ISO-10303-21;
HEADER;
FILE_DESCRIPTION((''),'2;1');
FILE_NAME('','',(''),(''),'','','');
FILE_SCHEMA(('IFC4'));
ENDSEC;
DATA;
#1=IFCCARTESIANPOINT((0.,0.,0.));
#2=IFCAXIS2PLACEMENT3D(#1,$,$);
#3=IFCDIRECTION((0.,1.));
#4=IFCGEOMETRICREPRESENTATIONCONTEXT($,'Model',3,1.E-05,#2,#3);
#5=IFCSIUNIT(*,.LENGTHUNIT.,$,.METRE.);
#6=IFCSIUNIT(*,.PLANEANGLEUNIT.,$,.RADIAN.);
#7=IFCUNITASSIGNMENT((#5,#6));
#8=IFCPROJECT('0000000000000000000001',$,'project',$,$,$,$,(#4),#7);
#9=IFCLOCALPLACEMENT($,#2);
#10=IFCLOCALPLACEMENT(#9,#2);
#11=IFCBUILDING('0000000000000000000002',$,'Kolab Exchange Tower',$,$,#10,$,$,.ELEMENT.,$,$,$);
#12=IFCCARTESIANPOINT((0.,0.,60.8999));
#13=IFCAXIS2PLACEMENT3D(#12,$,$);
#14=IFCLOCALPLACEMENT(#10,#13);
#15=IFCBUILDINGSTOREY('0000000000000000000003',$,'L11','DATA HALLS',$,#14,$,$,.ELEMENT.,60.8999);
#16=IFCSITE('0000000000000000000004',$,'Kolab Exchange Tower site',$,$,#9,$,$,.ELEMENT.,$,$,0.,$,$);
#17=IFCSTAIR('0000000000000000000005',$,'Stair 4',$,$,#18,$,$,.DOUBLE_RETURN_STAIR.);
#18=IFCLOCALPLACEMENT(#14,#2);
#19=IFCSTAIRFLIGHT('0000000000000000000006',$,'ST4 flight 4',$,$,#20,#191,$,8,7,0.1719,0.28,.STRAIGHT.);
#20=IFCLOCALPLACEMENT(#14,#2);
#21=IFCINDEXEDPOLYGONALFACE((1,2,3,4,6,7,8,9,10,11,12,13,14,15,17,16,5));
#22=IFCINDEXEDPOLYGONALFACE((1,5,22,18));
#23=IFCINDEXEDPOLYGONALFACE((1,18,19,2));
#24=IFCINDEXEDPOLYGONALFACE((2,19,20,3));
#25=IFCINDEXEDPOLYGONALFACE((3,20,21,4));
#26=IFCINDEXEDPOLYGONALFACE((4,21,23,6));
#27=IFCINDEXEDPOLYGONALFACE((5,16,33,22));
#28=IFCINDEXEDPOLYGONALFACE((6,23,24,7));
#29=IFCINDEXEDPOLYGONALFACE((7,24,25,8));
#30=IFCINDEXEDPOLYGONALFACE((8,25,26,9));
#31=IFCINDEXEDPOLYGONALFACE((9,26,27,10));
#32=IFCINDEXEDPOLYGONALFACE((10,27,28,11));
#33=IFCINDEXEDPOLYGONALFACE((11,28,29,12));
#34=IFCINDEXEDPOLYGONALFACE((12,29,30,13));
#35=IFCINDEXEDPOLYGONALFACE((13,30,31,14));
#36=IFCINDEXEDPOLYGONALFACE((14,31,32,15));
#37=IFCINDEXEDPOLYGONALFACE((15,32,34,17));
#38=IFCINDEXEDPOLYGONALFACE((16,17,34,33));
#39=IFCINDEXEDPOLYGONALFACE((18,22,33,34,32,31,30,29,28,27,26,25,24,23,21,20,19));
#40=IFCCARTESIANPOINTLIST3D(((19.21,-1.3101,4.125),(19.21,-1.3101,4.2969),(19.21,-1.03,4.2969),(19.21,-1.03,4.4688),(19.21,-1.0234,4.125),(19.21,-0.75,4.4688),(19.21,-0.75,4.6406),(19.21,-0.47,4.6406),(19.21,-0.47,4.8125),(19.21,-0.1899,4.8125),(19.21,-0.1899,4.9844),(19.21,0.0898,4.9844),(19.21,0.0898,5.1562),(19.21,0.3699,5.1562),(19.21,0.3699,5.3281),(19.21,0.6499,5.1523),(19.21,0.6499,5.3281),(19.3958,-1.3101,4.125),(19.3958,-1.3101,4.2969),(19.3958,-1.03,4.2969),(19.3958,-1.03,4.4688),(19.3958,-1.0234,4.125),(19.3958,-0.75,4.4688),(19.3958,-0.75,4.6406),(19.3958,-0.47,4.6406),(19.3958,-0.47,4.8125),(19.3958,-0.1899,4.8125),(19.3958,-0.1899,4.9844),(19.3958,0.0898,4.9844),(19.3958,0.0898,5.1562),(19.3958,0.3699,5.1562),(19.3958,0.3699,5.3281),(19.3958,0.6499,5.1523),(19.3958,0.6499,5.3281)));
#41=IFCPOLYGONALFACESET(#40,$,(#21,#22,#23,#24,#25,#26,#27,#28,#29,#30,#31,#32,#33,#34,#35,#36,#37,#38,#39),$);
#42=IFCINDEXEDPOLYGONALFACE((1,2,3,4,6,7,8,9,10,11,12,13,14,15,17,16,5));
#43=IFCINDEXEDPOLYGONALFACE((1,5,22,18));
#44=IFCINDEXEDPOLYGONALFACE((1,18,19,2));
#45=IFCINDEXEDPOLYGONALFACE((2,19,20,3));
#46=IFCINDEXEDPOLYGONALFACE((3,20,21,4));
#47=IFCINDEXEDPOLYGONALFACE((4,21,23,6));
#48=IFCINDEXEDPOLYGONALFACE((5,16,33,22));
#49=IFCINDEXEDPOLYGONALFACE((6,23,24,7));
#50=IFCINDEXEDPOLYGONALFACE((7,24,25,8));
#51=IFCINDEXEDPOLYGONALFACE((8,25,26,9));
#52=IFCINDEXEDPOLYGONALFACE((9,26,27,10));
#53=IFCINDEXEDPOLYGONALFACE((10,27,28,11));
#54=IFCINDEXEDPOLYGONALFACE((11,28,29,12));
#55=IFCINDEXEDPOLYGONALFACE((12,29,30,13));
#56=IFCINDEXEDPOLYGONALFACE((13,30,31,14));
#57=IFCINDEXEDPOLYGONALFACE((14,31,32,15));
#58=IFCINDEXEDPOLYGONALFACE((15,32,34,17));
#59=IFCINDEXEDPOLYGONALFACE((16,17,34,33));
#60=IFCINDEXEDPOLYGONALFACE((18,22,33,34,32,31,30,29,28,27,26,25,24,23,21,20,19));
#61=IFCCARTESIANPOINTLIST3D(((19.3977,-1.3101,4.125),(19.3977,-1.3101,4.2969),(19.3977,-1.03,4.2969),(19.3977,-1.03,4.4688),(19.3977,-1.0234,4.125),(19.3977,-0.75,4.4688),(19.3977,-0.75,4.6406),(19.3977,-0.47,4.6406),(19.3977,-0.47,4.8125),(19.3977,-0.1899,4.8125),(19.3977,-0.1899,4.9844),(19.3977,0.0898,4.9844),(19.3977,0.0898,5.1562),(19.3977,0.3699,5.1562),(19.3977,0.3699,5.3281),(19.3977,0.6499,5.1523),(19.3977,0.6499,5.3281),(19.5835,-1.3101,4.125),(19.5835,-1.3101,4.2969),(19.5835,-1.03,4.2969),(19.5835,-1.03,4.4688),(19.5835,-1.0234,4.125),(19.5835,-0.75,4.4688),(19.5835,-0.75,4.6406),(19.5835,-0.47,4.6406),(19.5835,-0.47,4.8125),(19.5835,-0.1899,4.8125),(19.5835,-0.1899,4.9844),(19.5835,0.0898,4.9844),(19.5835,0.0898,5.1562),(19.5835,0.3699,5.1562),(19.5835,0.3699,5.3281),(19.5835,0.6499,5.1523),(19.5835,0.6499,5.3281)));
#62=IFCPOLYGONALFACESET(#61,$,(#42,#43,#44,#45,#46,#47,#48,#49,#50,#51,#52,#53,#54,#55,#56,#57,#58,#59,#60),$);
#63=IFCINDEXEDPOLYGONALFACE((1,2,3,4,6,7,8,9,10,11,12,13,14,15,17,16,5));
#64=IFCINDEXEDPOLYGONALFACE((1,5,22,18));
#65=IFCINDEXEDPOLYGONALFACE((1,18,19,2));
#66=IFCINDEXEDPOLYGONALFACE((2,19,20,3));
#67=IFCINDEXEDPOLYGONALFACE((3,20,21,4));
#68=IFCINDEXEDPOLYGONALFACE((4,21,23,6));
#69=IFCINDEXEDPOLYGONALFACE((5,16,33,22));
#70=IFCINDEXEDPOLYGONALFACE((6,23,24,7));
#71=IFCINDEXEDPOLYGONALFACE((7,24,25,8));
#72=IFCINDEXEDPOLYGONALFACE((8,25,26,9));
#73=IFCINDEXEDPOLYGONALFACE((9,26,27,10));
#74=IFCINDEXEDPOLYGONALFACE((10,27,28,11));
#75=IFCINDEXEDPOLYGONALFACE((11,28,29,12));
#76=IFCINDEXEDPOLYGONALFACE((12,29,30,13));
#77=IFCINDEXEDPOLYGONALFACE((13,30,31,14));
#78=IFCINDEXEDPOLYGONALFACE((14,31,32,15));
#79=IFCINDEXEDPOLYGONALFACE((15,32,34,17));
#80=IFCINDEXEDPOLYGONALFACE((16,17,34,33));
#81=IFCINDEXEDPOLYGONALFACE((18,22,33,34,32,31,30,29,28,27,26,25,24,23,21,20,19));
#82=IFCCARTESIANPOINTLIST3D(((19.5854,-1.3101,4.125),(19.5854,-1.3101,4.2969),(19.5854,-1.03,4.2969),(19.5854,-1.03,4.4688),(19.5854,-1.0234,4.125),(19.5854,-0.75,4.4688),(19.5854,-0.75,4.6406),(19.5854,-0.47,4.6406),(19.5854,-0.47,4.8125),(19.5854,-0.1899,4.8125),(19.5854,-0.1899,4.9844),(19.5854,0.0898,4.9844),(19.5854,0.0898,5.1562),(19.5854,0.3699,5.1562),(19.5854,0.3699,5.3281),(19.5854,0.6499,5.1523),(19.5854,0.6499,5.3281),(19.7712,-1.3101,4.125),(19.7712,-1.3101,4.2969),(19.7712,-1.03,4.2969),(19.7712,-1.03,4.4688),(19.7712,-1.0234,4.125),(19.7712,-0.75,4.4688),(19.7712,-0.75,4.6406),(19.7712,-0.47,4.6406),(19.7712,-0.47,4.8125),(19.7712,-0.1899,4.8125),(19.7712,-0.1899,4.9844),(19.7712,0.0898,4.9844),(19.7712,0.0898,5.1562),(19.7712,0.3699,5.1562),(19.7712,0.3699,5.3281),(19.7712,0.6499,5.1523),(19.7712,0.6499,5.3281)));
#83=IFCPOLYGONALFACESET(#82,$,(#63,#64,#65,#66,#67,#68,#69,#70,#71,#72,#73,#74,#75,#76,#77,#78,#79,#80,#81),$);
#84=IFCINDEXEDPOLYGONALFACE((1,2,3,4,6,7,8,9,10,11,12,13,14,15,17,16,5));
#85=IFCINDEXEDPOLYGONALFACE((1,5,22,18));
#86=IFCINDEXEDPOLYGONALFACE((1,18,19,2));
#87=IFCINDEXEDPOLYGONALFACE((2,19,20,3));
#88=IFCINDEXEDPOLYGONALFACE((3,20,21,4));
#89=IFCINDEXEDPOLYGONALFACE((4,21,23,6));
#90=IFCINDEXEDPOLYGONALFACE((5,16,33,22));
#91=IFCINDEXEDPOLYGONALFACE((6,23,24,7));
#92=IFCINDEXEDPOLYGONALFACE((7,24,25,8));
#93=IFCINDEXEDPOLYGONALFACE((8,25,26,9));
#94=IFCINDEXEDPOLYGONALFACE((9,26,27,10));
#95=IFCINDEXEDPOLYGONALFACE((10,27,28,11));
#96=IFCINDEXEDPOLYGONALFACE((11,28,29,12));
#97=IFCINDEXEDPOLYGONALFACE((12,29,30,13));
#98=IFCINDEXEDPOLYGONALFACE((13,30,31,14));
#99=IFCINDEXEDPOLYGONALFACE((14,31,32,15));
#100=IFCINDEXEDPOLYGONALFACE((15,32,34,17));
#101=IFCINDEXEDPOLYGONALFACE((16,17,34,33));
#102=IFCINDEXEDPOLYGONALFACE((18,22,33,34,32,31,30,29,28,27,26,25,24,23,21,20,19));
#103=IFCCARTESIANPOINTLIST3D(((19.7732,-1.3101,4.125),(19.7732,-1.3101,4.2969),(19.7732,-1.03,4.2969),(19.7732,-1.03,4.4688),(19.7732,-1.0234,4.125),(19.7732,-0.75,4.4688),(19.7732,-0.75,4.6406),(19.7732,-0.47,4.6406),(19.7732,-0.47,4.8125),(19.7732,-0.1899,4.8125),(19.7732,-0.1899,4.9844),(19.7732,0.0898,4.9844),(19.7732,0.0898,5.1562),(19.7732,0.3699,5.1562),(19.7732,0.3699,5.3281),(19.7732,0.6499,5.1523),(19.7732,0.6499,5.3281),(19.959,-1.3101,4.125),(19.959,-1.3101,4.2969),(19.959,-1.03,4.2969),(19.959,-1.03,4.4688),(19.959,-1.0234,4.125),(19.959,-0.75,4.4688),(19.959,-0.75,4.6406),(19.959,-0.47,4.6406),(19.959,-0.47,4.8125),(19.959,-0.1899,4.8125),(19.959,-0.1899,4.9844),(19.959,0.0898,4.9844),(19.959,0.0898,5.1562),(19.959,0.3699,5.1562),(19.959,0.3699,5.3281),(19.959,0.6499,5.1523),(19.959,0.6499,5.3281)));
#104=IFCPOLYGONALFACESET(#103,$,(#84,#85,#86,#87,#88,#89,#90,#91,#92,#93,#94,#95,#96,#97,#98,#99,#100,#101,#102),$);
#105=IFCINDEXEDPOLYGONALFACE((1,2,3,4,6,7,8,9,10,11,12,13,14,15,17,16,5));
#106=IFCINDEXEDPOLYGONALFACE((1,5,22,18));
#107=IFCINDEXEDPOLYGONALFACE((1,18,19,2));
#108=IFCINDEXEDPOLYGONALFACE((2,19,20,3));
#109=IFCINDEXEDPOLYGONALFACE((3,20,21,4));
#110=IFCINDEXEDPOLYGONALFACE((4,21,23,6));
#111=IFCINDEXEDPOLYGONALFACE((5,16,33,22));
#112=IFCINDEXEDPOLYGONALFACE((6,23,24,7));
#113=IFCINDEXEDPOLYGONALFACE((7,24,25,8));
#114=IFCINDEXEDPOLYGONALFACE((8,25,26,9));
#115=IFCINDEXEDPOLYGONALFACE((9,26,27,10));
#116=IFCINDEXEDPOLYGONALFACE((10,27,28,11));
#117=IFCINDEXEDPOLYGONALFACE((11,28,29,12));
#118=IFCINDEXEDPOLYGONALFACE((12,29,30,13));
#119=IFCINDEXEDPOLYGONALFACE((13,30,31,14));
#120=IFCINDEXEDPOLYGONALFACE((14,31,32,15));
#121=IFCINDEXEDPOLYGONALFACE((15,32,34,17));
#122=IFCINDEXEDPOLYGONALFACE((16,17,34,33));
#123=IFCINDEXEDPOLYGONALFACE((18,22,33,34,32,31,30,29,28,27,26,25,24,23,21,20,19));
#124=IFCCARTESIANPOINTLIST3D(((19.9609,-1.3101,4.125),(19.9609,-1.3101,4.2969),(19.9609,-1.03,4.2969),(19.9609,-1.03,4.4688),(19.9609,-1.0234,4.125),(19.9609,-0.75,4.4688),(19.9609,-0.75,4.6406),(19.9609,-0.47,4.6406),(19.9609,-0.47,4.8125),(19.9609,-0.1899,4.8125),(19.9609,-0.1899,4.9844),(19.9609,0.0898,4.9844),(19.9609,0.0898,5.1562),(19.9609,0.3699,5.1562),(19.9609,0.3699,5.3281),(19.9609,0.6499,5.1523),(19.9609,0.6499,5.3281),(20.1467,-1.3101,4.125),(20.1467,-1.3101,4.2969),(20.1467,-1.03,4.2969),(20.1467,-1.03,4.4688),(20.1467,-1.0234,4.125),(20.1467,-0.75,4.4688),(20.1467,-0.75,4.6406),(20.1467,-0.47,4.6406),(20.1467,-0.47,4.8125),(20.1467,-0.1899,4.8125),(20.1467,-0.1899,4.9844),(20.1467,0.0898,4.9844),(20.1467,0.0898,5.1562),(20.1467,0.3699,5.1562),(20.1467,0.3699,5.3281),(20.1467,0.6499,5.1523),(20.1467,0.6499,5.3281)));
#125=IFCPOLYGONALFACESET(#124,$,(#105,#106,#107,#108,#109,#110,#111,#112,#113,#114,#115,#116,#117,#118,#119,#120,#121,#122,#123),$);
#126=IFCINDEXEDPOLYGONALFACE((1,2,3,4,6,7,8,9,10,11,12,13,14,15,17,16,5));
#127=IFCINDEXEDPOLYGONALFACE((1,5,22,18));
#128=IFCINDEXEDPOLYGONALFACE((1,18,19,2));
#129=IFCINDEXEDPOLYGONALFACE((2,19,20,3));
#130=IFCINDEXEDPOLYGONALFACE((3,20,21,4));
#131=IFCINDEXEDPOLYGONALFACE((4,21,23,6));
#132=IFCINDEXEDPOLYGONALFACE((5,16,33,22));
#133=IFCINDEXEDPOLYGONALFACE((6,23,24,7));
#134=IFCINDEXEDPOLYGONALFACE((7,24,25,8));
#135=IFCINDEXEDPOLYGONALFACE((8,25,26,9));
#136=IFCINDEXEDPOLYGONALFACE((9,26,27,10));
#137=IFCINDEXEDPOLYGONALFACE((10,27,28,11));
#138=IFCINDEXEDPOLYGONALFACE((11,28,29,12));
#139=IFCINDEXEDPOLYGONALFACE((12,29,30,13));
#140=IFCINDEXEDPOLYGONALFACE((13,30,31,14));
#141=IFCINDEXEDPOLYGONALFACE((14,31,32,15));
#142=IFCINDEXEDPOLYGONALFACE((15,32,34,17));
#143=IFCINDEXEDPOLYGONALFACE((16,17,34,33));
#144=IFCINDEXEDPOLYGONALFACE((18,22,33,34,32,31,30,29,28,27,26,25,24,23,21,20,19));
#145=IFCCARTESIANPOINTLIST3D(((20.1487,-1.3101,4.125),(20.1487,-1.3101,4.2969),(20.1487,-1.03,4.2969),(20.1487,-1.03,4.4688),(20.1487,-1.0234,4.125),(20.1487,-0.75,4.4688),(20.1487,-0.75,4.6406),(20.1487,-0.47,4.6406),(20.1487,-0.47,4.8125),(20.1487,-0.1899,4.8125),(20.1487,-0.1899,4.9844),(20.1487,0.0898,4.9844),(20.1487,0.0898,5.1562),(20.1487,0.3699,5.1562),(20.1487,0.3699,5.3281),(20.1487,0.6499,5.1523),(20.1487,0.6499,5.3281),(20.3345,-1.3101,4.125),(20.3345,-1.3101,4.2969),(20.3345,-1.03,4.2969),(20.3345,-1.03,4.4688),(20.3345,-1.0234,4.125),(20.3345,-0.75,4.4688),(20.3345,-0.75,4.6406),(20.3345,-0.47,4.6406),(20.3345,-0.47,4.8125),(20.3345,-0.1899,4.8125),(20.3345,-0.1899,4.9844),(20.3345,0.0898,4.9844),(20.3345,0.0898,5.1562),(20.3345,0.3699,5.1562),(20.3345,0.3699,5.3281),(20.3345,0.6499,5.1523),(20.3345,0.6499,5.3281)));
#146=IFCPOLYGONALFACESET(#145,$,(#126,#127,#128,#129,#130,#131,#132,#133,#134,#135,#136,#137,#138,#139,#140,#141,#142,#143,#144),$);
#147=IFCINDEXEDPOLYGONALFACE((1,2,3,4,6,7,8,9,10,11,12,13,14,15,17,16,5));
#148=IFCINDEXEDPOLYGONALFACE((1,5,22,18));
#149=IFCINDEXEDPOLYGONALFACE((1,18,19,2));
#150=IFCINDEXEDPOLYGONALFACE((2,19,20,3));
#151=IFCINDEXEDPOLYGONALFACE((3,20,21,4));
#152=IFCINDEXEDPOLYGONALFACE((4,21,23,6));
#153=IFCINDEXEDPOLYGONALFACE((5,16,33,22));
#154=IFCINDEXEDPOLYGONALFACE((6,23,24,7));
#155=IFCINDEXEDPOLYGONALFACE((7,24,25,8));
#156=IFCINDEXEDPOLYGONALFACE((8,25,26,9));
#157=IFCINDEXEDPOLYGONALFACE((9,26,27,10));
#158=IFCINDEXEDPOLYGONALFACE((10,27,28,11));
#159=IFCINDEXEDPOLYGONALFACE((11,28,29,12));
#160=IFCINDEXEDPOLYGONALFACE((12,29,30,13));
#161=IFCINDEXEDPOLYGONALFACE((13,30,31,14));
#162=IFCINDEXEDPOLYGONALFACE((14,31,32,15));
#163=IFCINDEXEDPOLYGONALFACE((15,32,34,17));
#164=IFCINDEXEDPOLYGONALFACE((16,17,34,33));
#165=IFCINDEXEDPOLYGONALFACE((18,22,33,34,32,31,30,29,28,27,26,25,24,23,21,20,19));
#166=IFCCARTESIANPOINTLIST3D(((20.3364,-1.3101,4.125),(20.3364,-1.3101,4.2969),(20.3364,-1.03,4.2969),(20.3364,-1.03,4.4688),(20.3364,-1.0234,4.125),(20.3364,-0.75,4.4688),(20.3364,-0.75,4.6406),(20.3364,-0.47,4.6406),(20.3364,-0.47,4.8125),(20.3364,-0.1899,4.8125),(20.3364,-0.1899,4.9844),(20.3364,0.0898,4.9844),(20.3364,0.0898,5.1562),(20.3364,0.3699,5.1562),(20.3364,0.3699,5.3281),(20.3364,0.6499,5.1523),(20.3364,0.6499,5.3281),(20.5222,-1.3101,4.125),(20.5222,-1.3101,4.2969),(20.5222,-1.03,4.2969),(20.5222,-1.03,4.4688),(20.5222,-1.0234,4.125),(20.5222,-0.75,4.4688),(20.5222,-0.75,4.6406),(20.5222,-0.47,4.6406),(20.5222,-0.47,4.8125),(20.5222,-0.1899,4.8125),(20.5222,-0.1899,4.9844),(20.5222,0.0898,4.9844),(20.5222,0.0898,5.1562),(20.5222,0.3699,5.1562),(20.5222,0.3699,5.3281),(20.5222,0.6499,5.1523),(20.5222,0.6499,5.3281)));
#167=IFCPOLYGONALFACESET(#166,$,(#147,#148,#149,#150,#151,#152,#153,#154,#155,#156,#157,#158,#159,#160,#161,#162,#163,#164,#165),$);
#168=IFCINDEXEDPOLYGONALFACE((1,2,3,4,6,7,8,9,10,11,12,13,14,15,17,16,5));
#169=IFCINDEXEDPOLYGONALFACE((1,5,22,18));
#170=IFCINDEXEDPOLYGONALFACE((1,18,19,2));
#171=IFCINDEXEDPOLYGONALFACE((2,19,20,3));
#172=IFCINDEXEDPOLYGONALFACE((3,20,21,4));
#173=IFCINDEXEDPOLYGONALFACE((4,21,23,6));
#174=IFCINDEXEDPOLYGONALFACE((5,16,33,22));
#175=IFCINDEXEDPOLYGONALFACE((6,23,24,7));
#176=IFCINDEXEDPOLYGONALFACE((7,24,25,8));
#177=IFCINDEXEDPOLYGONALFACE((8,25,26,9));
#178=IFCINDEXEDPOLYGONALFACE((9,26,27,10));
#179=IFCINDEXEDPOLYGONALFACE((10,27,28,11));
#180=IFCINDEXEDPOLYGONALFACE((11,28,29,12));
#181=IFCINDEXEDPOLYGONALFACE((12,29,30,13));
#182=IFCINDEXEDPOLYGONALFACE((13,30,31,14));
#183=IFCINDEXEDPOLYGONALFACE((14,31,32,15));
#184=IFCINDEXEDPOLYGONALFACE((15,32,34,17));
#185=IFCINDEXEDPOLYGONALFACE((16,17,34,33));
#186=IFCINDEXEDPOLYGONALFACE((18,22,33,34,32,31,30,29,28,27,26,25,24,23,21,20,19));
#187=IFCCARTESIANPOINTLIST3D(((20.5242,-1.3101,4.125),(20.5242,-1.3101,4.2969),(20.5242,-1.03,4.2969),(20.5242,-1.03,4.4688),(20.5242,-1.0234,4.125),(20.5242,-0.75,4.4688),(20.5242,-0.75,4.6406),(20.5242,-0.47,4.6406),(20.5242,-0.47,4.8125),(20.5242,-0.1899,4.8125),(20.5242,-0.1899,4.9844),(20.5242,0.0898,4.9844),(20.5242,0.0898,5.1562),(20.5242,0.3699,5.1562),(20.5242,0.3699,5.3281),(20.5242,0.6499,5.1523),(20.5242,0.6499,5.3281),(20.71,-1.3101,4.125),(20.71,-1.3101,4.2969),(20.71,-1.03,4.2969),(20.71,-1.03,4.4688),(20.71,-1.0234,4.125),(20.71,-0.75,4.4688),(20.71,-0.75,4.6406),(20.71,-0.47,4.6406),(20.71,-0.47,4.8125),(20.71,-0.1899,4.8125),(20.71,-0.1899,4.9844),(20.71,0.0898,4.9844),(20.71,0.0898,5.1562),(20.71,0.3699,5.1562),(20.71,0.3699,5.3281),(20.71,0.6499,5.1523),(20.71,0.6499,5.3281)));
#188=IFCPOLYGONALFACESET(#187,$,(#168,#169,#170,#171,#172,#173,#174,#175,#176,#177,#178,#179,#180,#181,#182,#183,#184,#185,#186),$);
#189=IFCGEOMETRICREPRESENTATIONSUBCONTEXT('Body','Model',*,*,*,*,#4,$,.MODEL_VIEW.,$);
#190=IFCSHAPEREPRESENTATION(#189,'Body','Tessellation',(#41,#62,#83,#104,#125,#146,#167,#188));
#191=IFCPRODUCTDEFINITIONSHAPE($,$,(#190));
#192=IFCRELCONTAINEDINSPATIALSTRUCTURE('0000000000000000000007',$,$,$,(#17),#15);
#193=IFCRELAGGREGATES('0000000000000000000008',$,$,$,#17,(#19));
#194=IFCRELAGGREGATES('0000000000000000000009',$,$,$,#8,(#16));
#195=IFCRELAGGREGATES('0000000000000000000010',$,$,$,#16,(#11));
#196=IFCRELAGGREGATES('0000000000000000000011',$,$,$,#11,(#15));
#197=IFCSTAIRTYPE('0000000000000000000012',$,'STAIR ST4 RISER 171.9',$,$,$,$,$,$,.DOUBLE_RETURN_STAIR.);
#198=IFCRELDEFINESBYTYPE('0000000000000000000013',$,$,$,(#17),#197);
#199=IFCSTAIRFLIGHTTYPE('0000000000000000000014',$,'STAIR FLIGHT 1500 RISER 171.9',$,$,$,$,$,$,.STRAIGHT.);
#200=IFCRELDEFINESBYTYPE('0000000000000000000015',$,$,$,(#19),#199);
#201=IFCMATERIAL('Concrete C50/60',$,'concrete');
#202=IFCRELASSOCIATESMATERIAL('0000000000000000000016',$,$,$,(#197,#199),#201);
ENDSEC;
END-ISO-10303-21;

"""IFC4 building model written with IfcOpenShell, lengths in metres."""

from ifc_helpers import new_model, si_unit, direction, frame, origin, place, context, subcontext, project, spatial, polyline, outline, extrude, material, type_object, element, aggregate, save


model = new_model("IFC4")

# Units and contexts
model_context = context("Model", 3, precision=1e-05, world=origin(), true_north=direction((0.0, 1.0)))
body_context = subcontext(model_context, "Body", "Model", "MODEL_VIEW")
ifc_project = project(units=[si_unit("LENGTHUNIT", "METRE"), si_unit("PLANEANGLEUNIT", "RADIAN")], contexts=[model_context])

# Site, building, storey
site_placement = place(None, origin())
site = spatial("IfcSite", under=ifc_project, at=site_placement, Name="Kolab Exchange Tower site", CompositionType="ELEMENT", RefElevation=0.0)
building_placement = place(site_placement, origin())
building = spatial("IfcBuilding", under=site, at=building_placement, Name="Kolab Exchange Tower", CompositionType="ELEMENT")
storey_placement = place(building_placement, frame((0.0, 0.0, 60.8999)))
storey = spatial("IfcBuildingStorey", under=building, at=storey_placement, Name="L11", Description="DATA HALLS", CompositionType="ELEMENT", Elevation=60.8999)

# Shared definitions
ifc_material_1 = material(Name="Concrete C50/60", Category="concrete")

# Stair, stair flight
stair_type = type_object("IfcStairType", Name="STAIR ST4 RISER 171.9", PredefinedType="DOUBLE_RETURN_STAIR", material=ifc_material_1)
stair_placement = place(storey_placement, origin())
stair = element("IfcStair", 1, at=stair_placement, inside=storey, type_object=stair_type, Name="Stair 4", PredefinedType="DOUBLE_RETURN_STAIR")
stair_flight_type = type_object("IfcStairFlightType", Name="STAIR FLIGHT 1500 RISER 171.9", PredefinedType="STRAIGHT", material=ifc_material_1)
stair_flight_1_placement = place(storey_placement, frame((19.96, -1.3101, 4.125), z_axis=(0.0, 0.0, 1.0), x_axis=(0.0, 1.0, 0.0)))
stair_flight_1 = element("IfcStairFlight", 2, at=stair_flight_1_placement, type_object=stair_flight_type, Name="ST4 flight 4", NumberOfRisers=8, NumberOfTreads=7, PredefinedType="STRAIGHT", RiserHeight=0.1719, TreadLength=0.28, context=body_context, shape_type="SweptSolid", body=[
    extrude(outline(polyline([(0.0, 0.0), (0.0, 0.1719), (0.28, 0.1719), (0.28, 0.3438), (0.5601, 0.3438), (0.5601, 0.5156), (0.8401, 0.5156), (0.8401, 0.6875), (1.1201, 0.6875), (1.1201, 0.8594), (1.3999, 0.8594), (1.3999, 1.0312), (1.6799, 1.0312), (1.6799, 1.2031), (1.96, 1.2031), (1.96, 1.375), (1.96, 1.0273), (0.2866, 0.0), (0.0, 0.0)])), frame((0.0, 0.75, 0.0), z_axis=(0.0, -1.0, 0.0), x_axis=(1.0, 0.0, 0.0)), (0.0, 0.0, 1.0), 0.1858),
    extrude(outline(polyline([(0.0, 0.0), (0.0, 0.1719), (0.28, 0.1719), (0.28, 0.3438), (0.5601, 0.3438), (0.5601, 0.5156), (0.8401, 0.5156), (0.8401, 0.6875), (1.1201, 0.6875), (1.1201, 0.8594), (1.3999, 0.8594), (1.3999, 1.0312), (1.6799, 1.0312), (1.6799, 1.2031), (1.96, 1.2031), (1.96, 1.375), (1.96, 1.0273), (0.2866, 0.0), (0.0, 0.0)])), frame((0.0, 0.5623, 0.0), z_axis=(0.0, -1.0, 0.0), x_axis=(1.0, 0.0, 0.0)), (0.0, 0.0, 1.0), 0.1858),
    extrude(outline(polyline([(0.0, 0.0), (0.0, 0.1719), (0.28, 0.1719), (0.28, 0.3438), (0.5601, 0.3438), (0.5601, 0.5156), (0.8401, 0.5156), (0.8401, 0.6875), (1.1201, 0.6875), (1.1201, 0.8594), (1.3999, 0.8594), (1.3999, 1.0312), (1.6799, 1.0312), (1.6799, 1.2031), (1.96, 1.2031), (1.96, 1.375), (1.96, 1.0273), (0.2866, 0.0), (0.0, 0.0)])), frame((0.0, 0.3745, 0.0), z_axis=(0.0, -1.0, 0.0), x_axis=(1.0, 0.0, 0.0)), (0.0, 0.0, 1.0), 0.1858),
    extrude(outline(polyline([(0.0, 0.0), (0.0, 0.1719), (0.28, 0.1719), (0.28, 0.3438), (0.5601, 0.3438), (0.5601, 0.5156), (0.8401, 0.5156), (0.8401, 0.6875), (1.1201, 0.6875), (1.1201, 0.8594), (1.3999, 0.8594), (1.3999, 1.0312), (1.6799, 1.0312), (1.6799, 1.2031), (1.96, 1.2031), (1.96, 1.375), (1.96, 1.0273), (0.2866, 0.0), (0.0, 0.0)])), frame((0.0, 0.1868, 0.0), z_axis=(0.0, -1.0, 0.0), x_axis=(1.0, 0.0, 0.0)), (0.0, 0.0, 1.0), 0.1858),
    extrude(outline(polyline([(0.0, 0.0), (0.0, 0.1719), (0.28, 0.1719), (0.28, 0.3438), (0.5601, 0.3438), (0.5601, 0.5156), (0.8401, 0.5156), (0.8401, 0.6875), (1.1201, 0.6875), (1.1201, 0.8594), (1.3999, 0.8594), (1.3999, 1.0312), (1.6799, 1.0312), (1.6799, 1.2031), (1.96, 1.2031), (1.96, 1.375), (1.96, 1.0273), (0.2866, 0.0), (0.0, 0.0)])), frame((0.0, -0.001, 0.0), z_axis=(0.0, -1.0, 0.0), x_axis=(1.0, 0.0, 0.0)), (0.0, 0.0, 1.0), 0.1858),
    extrude(outline(polyline([(0.0, 0.0), (0.0, 0.1719), (0.28, 0.1719), (0.28, 0.3438), (0.5601, 0.3438), (0.5601, 0.5156), (0.8401, 0.5156), (0.8401, 0.6875), (1.1201, 0.6875), (1.1201, 0.8594), (1.3999, 0.8594), (1.3999, 1.0312), (1.6799, 1.0312), (1.6799, 1.2031), (1.96, 1.2031), (1.96, 1.375), (1.96, 1.0273), (0.2866, 0.0), (0.0, 0.0)])), frame((0.0, -0.1887, 0.0), z_axis=(0.0, -1.0, 0.0), x_axis=(1.0, 0.0, 0.0)), (0.0, 0.0, 1.0), 0.1858),
    extrude(outline(polyline([(0.0, 0.0), (0.0, 0.1719), (0.28, 0.1719), (0.28, 0.3438), (0.5601, 0.3438), (0.5601, 0.5156), (0.8401, 0.5156), (0.8401, 0.6875), (1.1201, 0.6875), (1.1201, 0.8594), (1.3999, 0.8594), (1.3999, 1.0312), (1.6799, 1.0312), (1.6799, 1.2031), (1.96, 1.2031), (1.96, 1.375), (1.96, 1.0273), (0.2866, 0.0), (0.0, 0.0)])), frame((0.0, -0.3765, 0.0), z_axis=(0.0, -1.0, 0.0), x_axis=(1.0, 0.0, 0.0)), (0.0, 0.0, 1.0), 0.1858),
    extrude(outline(polyline([(0.0, 0.0), (0.0, 0.1719), (0.28, 0.1719), (0.28, 0.3438), (0.5601, 0.3438), (0.5601, 0.5156), (0.8401, 0.5156), (0.8401, 0.6875), (1.1201, 0.6875), (1.1201, 0.8594), (1.3999, 0.8594), (1.3999, 1.0312), (1.6799, 1.0312), (1.6799, 1.2031), (1.96, 1.2031), (1.96, 1.375), (1.96, 1.0273), (0.2866, 0.0), (0.0, 0.0)])), frame((0.0, -0.5642, 0.0), z_axis=(0.0, -1.0, 0.0), x_axis=(1.0, 0.0, 0.0)), (0.0, 0.0, 1.0), 0.1858),
])
aggregate(stair, [stair_flight_1])

save(model, "model.ifc")
